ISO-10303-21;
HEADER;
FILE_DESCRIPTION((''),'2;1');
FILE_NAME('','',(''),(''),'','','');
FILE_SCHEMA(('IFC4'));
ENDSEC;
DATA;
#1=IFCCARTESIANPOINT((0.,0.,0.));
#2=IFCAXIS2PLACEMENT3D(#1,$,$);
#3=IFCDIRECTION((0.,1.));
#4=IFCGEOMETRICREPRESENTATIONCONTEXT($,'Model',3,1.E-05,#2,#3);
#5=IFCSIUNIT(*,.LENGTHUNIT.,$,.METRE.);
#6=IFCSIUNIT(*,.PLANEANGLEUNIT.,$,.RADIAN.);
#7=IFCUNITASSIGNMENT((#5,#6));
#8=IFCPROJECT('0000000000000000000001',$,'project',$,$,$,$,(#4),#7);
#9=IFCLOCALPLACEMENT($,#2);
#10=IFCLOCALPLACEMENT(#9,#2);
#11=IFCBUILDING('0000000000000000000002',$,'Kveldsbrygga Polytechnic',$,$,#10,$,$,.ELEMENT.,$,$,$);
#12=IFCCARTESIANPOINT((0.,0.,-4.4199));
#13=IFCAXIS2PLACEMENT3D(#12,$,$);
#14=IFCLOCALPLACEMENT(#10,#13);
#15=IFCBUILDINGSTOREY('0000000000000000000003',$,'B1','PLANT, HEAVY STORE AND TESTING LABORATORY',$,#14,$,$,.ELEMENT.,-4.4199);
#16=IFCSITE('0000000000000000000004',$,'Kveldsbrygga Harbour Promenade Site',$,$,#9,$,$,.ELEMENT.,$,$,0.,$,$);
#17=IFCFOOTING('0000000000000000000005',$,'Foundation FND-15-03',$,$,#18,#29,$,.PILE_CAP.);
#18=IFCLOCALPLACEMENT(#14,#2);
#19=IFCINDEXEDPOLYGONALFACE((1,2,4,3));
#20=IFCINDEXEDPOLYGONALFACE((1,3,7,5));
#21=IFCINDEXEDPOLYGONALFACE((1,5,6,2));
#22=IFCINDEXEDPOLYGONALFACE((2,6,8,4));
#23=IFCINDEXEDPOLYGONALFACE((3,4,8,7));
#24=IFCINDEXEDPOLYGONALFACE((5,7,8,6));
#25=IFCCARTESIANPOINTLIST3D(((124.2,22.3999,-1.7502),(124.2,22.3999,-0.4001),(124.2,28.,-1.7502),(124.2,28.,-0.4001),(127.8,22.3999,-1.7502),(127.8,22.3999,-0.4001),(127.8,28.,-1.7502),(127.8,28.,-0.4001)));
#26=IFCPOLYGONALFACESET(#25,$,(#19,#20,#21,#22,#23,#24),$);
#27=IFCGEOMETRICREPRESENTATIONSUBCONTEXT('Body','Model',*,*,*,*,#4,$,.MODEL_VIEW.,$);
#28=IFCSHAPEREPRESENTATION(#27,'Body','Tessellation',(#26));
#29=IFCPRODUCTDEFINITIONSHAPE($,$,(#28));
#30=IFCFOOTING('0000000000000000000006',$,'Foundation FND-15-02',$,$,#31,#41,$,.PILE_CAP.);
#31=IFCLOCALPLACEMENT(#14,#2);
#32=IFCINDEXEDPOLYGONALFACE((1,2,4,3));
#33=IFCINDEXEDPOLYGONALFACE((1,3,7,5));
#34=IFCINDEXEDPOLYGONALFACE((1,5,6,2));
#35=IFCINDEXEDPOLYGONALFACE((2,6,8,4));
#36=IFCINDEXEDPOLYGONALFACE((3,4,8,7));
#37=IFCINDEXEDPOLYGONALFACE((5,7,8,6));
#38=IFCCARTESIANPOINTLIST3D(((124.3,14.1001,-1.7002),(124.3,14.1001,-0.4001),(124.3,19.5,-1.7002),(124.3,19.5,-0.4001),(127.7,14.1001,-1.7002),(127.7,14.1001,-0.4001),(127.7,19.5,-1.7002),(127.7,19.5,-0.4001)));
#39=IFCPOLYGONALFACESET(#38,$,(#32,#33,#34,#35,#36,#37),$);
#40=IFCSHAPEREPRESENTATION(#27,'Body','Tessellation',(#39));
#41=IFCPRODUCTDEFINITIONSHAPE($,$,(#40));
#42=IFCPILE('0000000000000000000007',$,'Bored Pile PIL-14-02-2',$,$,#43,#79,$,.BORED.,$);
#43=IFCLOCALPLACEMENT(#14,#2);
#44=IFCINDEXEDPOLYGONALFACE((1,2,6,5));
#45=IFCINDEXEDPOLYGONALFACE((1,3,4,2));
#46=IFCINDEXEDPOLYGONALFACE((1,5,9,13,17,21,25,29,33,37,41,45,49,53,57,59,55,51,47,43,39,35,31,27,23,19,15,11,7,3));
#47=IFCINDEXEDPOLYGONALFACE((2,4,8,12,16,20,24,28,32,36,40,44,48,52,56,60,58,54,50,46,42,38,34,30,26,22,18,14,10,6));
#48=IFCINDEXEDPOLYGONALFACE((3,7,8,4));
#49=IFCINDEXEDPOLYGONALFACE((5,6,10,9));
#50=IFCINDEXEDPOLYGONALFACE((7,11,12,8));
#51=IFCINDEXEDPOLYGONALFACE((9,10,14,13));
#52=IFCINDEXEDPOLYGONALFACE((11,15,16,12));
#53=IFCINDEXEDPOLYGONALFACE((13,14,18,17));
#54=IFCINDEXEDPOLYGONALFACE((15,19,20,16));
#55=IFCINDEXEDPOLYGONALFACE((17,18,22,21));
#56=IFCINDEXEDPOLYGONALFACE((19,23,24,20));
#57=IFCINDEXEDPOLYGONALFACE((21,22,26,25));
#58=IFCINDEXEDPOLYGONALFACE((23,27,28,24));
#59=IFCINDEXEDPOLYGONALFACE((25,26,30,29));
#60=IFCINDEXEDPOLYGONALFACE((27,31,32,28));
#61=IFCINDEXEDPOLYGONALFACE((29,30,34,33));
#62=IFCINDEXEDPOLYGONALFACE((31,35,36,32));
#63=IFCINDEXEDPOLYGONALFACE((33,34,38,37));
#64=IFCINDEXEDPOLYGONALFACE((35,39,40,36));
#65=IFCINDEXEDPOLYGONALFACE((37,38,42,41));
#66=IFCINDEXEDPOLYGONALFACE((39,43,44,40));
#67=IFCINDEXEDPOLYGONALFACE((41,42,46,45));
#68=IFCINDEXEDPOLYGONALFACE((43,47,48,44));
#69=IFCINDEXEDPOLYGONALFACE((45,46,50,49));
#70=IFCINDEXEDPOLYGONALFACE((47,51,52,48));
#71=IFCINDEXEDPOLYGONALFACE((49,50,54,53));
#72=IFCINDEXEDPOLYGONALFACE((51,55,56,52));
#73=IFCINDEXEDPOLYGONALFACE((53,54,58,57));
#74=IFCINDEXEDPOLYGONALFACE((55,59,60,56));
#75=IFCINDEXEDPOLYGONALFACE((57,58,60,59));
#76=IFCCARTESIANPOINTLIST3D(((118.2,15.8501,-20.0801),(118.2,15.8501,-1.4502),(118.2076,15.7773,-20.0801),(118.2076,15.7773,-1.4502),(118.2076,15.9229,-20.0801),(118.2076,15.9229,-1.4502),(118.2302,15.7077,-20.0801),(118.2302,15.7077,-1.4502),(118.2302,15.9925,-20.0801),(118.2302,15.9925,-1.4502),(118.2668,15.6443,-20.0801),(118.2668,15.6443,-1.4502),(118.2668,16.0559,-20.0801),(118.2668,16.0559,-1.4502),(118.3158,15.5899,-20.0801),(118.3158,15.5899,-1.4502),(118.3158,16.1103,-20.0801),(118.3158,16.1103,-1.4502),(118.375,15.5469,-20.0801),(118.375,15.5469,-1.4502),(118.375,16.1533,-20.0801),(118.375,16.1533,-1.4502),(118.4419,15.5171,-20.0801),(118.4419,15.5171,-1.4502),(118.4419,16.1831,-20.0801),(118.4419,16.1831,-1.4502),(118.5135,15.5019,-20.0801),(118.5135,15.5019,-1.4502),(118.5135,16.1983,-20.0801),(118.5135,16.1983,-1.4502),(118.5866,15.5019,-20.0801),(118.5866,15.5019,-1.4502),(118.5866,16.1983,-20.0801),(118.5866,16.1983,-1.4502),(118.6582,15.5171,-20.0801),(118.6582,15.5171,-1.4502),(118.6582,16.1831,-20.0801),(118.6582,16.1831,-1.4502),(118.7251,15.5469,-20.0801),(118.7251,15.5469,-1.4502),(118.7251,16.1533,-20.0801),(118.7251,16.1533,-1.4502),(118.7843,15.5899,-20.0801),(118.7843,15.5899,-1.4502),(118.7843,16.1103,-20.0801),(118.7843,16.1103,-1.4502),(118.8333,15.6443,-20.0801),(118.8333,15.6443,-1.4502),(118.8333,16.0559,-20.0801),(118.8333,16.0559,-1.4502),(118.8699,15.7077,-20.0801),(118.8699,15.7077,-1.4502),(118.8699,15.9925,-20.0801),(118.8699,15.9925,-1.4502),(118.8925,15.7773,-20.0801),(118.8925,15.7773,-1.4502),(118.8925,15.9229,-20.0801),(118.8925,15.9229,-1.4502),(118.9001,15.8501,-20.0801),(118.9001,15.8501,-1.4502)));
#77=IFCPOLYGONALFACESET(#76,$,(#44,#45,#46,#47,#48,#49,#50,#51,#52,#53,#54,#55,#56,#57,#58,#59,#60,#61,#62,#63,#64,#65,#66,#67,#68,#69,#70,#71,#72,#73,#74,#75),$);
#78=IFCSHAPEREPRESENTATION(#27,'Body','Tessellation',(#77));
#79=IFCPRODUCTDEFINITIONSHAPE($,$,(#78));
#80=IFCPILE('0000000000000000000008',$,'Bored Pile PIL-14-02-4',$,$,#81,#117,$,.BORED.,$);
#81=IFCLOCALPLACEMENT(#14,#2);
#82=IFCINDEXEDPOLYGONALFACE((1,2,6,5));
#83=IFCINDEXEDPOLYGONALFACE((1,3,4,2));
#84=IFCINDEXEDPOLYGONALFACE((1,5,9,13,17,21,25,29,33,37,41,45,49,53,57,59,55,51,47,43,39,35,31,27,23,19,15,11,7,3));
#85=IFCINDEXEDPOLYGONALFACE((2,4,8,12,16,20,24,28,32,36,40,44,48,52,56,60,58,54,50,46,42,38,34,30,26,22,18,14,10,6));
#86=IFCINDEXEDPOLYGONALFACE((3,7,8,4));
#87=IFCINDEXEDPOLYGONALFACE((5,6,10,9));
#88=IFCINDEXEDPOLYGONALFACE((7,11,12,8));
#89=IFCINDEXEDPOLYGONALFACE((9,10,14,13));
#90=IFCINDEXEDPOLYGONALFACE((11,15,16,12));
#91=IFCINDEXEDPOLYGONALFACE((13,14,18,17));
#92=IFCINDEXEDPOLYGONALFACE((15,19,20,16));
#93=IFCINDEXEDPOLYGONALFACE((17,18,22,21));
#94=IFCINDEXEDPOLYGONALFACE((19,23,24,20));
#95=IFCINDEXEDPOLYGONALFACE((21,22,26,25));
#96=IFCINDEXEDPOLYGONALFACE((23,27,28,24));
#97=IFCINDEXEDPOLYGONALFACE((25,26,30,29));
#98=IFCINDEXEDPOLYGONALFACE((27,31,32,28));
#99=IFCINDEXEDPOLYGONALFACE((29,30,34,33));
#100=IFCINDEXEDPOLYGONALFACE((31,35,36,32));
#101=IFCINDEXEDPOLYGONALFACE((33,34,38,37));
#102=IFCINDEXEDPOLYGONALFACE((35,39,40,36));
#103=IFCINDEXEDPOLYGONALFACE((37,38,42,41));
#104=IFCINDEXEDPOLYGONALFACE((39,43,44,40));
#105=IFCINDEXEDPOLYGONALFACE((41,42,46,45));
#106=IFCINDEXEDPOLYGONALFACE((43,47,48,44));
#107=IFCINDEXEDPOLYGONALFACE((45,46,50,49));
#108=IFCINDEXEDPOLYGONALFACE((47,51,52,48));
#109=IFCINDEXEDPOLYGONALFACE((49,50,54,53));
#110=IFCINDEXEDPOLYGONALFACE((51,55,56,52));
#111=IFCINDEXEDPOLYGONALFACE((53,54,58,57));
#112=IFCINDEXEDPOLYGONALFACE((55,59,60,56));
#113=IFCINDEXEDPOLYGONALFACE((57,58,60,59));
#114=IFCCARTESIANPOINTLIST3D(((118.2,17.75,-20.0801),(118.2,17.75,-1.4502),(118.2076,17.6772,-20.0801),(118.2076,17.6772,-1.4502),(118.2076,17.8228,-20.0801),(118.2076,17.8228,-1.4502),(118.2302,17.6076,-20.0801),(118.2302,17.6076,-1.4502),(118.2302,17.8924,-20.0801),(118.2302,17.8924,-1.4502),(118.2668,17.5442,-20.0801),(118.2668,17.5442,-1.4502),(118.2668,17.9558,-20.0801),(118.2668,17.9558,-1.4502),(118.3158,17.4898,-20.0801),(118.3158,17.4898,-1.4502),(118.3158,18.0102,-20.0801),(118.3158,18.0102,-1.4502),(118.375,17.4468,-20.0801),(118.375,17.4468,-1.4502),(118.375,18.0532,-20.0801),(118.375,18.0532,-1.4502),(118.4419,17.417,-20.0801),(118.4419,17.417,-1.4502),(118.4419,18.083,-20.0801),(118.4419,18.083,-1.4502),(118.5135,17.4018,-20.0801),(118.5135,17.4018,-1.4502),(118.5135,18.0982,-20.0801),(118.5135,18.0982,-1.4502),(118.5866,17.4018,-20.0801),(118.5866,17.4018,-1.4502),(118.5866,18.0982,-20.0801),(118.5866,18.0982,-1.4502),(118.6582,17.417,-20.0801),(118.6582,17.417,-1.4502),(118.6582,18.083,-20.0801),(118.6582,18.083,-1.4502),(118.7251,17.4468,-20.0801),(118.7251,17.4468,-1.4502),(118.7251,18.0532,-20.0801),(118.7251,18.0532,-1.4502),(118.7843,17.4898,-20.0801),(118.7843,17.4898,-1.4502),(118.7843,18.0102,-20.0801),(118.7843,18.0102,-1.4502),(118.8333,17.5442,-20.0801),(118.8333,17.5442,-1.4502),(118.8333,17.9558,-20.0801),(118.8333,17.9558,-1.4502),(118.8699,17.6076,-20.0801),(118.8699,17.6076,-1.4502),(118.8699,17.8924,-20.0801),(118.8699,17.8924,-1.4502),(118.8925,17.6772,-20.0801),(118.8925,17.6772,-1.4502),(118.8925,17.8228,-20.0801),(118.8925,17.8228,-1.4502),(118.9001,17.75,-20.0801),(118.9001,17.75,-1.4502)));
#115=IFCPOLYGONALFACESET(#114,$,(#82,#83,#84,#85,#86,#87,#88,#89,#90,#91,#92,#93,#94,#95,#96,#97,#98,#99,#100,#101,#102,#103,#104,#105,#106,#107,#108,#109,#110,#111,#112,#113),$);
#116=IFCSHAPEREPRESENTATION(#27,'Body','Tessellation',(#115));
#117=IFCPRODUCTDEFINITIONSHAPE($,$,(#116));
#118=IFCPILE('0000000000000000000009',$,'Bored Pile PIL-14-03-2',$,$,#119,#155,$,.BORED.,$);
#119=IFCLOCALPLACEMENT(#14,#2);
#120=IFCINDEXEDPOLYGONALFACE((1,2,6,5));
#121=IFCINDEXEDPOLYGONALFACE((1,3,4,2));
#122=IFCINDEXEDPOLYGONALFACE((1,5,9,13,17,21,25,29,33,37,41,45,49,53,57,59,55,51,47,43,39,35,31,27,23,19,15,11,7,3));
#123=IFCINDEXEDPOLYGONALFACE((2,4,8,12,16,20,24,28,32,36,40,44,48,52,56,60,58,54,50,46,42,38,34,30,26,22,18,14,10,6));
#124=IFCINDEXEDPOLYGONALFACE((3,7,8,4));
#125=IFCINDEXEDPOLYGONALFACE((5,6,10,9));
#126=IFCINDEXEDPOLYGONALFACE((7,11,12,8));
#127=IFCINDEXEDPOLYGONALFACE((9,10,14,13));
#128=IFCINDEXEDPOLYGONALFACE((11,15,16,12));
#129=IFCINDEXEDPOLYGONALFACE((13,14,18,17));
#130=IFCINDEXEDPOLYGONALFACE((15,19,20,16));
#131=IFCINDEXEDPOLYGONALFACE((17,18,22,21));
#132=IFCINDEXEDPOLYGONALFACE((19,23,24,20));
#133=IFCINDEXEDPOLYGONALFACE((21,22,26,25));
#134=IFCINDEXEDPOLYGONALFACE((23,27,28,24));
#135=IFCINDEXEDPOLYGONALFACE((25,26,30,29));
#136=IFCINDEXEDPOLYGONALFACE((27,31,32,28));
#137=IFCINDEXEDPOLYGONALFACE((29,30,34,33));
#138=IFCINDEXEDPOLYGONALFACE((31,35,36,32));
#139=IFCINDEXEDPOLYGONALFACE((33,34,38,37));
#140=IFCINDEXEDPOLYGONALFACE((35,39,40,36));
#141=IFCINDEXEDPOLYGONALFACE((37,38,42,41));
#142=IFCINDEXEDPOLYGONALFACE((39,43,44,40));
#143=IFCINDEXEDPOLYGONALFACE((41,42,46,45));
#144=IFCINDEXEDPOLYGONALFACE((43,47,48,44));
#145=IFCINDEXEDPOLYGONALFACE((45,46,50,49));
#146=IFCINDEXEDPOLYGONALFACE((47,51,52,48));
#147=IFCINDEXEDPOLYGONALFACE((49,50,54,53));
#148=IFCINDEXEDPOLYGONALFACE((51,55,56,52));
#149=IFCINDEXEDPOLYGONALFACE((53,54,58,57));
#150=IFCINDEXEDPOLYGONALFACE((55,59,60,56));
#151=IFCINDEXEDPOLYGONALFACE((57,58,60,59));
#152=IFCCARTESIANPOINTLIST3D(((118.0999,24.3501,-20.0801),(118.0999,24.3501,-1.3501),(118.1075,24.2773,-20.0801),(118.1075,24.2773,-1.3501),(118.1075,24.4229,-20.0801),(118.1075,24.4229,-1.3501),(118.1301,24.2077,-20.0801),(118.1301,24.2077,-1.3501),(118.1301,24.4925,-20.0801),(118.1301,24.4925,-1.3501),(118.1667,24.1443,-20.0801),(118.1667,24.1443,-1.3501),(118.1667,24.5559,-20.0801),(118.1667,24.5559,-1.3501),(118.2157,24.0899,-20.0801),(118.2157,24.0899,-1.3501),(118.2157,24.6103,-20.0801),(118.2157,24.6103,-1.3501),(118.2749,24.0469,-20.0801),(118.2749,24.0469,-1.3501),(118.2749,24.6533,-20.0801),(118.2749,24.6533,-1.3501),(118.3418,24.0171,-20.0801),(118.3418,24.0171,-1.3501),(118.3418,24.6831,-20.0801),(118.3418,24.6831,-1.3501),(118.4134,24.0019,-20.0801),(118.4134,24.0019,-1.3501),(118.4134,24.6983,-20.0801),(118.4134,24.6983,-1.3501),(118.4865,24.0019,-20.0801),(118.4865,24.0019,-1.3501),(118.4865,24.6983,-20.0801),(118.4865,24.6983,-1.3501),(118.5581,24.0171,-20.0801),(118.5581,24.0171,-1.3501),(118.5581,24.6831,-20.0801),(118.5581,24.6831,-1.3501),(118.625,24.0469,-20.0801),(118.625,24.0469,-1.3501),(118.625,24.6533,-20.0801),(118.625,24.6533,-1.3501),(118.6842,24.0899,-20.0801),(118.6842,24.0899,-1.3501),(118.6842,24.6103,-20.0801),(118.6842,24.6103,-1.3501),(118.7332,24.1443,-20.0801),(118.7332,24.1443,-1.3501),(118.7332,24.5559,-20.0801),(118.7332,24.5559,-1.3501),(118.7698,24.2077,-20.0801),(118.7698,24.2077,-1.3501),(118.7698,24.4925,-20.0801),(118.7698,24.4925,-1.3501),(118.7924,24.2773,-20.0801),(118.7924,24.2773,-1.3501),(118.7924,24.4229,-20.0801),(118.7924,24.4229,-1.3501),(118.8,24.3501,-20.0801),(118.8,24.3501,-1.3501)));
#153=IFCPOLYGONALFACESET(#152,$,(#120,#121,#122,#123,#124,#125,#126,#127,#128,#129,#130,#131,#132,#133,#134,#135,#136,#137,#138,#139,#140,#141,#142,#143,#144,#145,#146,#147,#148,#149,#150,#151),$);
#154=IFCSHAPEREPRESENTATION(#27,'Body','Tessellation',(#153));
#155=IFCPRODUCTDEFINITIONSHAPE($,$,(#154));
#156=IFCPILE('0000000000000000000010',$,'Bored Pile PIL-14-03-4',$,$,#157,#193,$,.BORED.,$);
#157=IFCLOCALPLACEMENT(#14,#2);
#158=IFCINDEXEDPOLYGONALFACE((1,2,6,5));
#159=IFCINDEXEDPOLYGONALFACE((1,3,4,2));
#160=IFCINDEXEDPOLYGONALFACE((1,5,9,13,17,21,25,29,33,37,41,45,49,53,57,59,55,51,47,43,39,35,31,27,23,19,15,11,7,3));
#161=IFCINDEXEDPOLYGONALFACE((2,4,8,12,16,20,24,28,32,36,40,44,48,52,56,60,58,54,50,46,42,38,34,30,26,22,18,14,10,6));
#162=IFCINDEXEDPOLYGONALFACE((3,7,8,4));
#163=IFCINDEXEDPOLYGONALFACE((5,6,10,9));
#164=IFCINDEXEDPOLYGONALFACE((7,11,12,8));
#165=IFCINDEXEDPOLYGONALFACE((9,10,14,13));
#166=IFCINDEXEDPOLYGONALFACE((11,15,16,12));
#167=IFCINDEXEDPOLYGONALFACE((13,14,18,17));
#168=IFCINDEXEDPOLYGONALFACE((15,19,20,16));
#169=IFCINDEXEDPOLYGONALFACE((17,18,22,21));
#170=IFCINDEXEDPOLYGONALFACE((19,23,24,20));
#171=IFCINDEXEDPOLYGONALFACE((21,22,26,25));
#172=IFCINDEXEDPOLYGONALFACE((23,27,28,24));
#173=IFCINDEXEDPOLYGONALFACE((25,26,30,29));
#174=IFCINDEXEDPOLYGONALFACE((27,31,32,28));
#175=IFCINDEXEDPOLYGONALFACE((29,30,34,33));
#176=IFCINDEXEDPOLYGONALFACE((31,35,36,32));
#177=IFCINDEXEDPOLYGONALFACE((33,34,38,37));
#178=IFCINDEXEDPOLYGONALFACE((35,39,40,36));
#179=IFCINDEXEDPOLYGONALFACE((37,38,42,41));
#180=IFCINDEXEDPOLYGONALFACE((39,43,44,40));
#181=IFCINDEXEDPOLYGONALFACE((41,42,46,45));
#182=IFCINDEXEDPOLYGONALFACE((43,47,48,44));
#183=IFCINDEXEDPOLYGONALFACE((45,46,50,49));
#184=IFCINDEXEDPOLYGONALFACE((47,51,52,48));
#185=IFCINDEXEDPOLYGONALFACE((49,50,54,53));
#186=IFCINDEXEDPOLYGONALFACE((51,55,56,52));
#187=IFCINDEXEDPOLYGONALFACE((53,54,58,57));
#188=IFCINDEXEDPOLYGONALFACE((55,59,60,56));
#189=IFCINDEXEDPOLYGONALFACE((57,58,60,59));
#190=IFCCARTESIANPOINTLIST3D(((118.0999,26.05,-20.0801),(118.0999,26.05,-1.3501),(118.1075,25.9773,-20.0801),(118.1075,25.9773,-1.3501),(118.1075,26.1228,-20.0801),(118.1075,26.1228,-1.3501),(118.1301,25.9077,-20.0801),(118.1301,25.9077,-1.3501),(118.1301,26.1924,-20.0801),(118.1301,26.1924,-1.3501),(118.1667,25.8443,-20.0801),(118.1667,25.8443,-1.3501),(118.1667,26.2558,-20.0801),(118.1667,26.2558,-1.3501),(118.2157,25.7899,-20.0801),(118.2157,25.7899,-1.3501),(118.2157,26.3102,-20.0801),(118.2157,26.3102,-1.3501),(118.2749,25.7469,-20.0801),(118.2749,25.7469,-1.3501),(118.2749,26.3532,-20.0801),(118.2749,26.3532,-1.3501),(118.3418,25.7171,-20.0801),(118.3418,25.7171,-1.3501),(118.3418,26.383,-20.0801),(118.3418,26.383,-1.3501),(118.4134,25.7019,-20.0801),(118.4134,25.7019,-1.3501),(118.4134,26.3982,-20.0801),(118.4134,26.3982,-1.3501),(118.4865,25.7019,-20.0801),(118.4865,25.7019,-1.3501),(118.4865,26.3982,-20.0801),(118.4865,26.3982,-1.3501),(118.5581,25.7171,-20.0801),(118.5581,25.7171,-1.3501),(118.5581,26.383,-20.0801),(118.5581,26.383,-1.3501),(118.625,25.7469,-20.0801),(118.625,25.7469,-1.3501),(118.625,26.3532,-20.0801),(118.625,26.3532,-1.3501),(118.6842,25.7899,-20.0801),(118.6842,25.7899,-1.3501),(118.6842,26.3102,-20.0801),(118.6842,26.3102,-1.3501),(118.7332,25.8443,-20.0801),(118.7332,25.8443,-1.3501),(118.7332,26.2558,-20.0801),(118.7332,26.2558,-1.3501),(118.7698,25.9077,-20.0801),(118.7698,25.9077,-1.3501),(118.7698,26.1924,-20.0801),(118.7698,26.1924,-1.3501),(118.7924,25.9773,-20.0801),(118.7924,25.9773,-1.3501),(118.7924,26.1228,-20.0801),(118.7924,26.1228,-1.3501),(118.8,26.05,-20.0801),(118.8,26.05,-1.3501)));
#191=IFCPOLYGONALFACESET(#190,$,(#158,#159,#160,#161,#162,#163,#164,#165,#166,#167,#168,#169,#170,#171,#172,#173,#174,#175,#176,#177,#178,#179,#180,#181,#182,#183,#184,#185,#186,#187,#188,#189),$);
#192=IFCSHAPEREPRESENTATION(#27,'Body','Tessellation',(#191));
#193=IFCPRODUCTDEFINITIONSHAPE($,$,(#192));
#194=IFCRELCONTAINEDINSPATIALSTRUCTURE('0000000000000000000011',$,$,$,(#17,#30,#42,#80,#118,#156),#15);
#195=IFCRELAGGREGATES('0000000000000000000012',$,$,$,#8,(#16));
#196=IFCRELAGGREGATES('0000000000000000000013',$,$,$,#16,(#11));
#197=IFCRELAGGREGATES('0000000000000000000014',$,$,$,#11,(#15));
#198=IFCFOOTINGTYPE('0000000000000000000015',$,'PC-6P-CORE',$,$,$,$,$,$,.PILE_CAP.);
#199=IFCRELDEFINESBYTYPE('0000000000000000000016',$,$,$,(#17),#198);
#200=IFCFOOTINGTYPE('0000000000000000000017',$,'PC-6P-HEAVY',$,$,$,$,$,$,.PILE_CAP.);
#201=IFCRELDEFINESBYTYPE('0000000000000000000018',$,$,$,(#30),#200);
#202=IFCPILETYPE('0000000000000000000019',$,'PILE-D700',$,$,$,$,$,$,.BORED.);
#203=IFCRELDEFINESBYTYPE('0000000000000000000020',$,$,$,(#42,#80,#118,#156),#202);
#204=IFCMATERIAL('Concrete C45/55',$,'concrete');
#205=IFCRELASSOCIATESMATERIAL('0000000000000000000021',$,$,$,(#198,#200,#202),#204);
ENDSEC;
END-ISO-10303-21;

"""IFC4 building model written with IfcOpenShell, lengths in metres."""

from ifc_helpers import new_model, si_unit, direction, frame, origin, origin_2d, place, context, subcontext, project, spatial, rectangle, circle, extrude, material, material_profile, profile_set, type_object, element, save


model = new_model("IFC4")

# Units and contexts
model_context = context("Model", 3, precision=1e-05, world=origin(), true_north=direction((0.0, 1.0)))
body_context = subcontext(model_context, "Body", "Model", "MODEL_VIEW")
ifc_project = project(units=[si_unit("LENGTHUNIT", "METRE"), si_unit("PLANEANGLEUNIT", "RADIAN")], contexts=[model_context])

# Site, building, storey
site_placement = place(None, origin())
site = spatial("IfcSite", under=ifc_project, at=site_placement, Name="Kveldsbrygga Harbour Promenade Site", CompositionType="ELEMENT", RefElevation=0.0)
building_placement = place(site_placement, origin())
building = spatial("IfcBuilding", under=site, at=building_placement, Name="Kveldsbrygga Polytechnic", CompositionType="ELEMENT")
storey_placement = place(building_placement, frame((0.0, 0.0, -4.4199)))
storey = spatial("IfcBuildingStorey", under=building, at=storey_placement, Name="B1", Description="PLANT, HEAVY STORE AND TESTING LABORATORY", CompositionType="ELEMENT", Elevation=-4.4199)

# Footings
ifc_material_1 = material(Name="Concrete C45/55", Category="concrete")
footing_type_1 = type_object("IfcFootingType", Name="PC-6P-CORE", PredefinedType="PILE_CAP", material=ifc_material_1)
footing_1_placement = place(storey_placement, frame((126.0, 25.2, -1.7502), z_axis=(0.0, 0.0, 1.0), x_axis=(1.0, 0.0, 0.0)))
element("IfcFooting", 1, at=footing_1_placement, inside=storey, type_object=footing_type_1, Name="Foundation FND-15-03", PredefinedType="PILE_CAP", context=body_context, shape_type="SweptSolid", body=[
    extrude(rectangle(XDim=3.6001, YDim=5.6001, at=origin_2d()), origin(), (0.0, 0.0, 1.0), 1.3501),
])
footing_type_2 = type_object("IfcFootingType", Name="PC-6P-HEAVY", PredefinedType="PILE_CAP", material=ifc_material_1)
footing_2_placement = place(storey_placement, frame((126.0, 16.8, -1.7002), z_axis=(0.0, 0.0, 1.0), x_axis=(1.0, 0.0, 0.0)))
element("IfcFooting", 2, at=footing_2_placement, inside=storey, type_object=footing_type_2, Name="Foundation FND-15-02", PredefinedType="PILE_CAP", context=body_context, shape_type="SweptSolid", body=[
    extrude(rectangle(XDim=3.3999, YDim=5.3999, at=origin_2d()), origin(), (0.0, 0.0, 1.0), 1.3),
])

# Piles
ifc_material_profile_1 = material_profile(ifc_material_1, circle(Radius=0.3501, at=origin_2d()), Name="PILE D700")
ifc_profile_set_1 = profile_set([ifc_material_profile_1], Name="Concrete C45/55")
pile_type_1 = type_object("IfcPileType", Name="PILE-D700", PredefinedType="BORED", material=ifc_profile_set_1)
for number, where, z_axis, x_axis, name in (
    (3, (118.55, 15.8501, -1.4502), (0.0, 0.0, -1.0), (1.0, 0.0, 0.0), "Bored Pile PIL-14-02-2"),
    (4, (118.55, 17.75, -1.4502), (0.0, 0.0, -1.0), (1.0, 0.0, 0.0), "Bored Pile PIL-14-02-4"),
):
    element("IfcPile", number, at=place(storey_placement, frame(where, z_axis=z_axis, x_axis=x_axis)), inside=storey, type_object=pile_type_1, Name=name, PredefinedType="BORED", context=body_context, shape_type="SweptSolid", body=[
        extrude(circle(Radius=0.3501, at=origin_2d()), origin(), (0.0, 0.0, 1.0), 18.6299),
    ])
for number, where, z_axis, x_axis, name in (
    (5, (118.45, 24.3501, -1.3501), (0.0, 0.0, -1.0), (1.0, 0.0, 0.0), "Bored Pile PIL-14-03-2"),
    (6, (118.45, 26.05, -1.3501), (0.0, 0.0, -1.0), (1.0, 0.0, 0.0), "Bored Pile PIL-14-03-4"),
):
    element("IfcPile", number, at=place(storey_placement, frame(where, z_axis=z_axis, x_axis=x_axis)), inside=storey, type_object=pile_type_1, Name=name, PredefinedType="BORED", context=body_context, shape_type="SweptSolid", body=[
        extrude(circle(Radius=0.3501, at=origin_2d()), origin(), (0.0, 0.0, 1.0), 18.73),
    ])

save(model, "model.ifc")
